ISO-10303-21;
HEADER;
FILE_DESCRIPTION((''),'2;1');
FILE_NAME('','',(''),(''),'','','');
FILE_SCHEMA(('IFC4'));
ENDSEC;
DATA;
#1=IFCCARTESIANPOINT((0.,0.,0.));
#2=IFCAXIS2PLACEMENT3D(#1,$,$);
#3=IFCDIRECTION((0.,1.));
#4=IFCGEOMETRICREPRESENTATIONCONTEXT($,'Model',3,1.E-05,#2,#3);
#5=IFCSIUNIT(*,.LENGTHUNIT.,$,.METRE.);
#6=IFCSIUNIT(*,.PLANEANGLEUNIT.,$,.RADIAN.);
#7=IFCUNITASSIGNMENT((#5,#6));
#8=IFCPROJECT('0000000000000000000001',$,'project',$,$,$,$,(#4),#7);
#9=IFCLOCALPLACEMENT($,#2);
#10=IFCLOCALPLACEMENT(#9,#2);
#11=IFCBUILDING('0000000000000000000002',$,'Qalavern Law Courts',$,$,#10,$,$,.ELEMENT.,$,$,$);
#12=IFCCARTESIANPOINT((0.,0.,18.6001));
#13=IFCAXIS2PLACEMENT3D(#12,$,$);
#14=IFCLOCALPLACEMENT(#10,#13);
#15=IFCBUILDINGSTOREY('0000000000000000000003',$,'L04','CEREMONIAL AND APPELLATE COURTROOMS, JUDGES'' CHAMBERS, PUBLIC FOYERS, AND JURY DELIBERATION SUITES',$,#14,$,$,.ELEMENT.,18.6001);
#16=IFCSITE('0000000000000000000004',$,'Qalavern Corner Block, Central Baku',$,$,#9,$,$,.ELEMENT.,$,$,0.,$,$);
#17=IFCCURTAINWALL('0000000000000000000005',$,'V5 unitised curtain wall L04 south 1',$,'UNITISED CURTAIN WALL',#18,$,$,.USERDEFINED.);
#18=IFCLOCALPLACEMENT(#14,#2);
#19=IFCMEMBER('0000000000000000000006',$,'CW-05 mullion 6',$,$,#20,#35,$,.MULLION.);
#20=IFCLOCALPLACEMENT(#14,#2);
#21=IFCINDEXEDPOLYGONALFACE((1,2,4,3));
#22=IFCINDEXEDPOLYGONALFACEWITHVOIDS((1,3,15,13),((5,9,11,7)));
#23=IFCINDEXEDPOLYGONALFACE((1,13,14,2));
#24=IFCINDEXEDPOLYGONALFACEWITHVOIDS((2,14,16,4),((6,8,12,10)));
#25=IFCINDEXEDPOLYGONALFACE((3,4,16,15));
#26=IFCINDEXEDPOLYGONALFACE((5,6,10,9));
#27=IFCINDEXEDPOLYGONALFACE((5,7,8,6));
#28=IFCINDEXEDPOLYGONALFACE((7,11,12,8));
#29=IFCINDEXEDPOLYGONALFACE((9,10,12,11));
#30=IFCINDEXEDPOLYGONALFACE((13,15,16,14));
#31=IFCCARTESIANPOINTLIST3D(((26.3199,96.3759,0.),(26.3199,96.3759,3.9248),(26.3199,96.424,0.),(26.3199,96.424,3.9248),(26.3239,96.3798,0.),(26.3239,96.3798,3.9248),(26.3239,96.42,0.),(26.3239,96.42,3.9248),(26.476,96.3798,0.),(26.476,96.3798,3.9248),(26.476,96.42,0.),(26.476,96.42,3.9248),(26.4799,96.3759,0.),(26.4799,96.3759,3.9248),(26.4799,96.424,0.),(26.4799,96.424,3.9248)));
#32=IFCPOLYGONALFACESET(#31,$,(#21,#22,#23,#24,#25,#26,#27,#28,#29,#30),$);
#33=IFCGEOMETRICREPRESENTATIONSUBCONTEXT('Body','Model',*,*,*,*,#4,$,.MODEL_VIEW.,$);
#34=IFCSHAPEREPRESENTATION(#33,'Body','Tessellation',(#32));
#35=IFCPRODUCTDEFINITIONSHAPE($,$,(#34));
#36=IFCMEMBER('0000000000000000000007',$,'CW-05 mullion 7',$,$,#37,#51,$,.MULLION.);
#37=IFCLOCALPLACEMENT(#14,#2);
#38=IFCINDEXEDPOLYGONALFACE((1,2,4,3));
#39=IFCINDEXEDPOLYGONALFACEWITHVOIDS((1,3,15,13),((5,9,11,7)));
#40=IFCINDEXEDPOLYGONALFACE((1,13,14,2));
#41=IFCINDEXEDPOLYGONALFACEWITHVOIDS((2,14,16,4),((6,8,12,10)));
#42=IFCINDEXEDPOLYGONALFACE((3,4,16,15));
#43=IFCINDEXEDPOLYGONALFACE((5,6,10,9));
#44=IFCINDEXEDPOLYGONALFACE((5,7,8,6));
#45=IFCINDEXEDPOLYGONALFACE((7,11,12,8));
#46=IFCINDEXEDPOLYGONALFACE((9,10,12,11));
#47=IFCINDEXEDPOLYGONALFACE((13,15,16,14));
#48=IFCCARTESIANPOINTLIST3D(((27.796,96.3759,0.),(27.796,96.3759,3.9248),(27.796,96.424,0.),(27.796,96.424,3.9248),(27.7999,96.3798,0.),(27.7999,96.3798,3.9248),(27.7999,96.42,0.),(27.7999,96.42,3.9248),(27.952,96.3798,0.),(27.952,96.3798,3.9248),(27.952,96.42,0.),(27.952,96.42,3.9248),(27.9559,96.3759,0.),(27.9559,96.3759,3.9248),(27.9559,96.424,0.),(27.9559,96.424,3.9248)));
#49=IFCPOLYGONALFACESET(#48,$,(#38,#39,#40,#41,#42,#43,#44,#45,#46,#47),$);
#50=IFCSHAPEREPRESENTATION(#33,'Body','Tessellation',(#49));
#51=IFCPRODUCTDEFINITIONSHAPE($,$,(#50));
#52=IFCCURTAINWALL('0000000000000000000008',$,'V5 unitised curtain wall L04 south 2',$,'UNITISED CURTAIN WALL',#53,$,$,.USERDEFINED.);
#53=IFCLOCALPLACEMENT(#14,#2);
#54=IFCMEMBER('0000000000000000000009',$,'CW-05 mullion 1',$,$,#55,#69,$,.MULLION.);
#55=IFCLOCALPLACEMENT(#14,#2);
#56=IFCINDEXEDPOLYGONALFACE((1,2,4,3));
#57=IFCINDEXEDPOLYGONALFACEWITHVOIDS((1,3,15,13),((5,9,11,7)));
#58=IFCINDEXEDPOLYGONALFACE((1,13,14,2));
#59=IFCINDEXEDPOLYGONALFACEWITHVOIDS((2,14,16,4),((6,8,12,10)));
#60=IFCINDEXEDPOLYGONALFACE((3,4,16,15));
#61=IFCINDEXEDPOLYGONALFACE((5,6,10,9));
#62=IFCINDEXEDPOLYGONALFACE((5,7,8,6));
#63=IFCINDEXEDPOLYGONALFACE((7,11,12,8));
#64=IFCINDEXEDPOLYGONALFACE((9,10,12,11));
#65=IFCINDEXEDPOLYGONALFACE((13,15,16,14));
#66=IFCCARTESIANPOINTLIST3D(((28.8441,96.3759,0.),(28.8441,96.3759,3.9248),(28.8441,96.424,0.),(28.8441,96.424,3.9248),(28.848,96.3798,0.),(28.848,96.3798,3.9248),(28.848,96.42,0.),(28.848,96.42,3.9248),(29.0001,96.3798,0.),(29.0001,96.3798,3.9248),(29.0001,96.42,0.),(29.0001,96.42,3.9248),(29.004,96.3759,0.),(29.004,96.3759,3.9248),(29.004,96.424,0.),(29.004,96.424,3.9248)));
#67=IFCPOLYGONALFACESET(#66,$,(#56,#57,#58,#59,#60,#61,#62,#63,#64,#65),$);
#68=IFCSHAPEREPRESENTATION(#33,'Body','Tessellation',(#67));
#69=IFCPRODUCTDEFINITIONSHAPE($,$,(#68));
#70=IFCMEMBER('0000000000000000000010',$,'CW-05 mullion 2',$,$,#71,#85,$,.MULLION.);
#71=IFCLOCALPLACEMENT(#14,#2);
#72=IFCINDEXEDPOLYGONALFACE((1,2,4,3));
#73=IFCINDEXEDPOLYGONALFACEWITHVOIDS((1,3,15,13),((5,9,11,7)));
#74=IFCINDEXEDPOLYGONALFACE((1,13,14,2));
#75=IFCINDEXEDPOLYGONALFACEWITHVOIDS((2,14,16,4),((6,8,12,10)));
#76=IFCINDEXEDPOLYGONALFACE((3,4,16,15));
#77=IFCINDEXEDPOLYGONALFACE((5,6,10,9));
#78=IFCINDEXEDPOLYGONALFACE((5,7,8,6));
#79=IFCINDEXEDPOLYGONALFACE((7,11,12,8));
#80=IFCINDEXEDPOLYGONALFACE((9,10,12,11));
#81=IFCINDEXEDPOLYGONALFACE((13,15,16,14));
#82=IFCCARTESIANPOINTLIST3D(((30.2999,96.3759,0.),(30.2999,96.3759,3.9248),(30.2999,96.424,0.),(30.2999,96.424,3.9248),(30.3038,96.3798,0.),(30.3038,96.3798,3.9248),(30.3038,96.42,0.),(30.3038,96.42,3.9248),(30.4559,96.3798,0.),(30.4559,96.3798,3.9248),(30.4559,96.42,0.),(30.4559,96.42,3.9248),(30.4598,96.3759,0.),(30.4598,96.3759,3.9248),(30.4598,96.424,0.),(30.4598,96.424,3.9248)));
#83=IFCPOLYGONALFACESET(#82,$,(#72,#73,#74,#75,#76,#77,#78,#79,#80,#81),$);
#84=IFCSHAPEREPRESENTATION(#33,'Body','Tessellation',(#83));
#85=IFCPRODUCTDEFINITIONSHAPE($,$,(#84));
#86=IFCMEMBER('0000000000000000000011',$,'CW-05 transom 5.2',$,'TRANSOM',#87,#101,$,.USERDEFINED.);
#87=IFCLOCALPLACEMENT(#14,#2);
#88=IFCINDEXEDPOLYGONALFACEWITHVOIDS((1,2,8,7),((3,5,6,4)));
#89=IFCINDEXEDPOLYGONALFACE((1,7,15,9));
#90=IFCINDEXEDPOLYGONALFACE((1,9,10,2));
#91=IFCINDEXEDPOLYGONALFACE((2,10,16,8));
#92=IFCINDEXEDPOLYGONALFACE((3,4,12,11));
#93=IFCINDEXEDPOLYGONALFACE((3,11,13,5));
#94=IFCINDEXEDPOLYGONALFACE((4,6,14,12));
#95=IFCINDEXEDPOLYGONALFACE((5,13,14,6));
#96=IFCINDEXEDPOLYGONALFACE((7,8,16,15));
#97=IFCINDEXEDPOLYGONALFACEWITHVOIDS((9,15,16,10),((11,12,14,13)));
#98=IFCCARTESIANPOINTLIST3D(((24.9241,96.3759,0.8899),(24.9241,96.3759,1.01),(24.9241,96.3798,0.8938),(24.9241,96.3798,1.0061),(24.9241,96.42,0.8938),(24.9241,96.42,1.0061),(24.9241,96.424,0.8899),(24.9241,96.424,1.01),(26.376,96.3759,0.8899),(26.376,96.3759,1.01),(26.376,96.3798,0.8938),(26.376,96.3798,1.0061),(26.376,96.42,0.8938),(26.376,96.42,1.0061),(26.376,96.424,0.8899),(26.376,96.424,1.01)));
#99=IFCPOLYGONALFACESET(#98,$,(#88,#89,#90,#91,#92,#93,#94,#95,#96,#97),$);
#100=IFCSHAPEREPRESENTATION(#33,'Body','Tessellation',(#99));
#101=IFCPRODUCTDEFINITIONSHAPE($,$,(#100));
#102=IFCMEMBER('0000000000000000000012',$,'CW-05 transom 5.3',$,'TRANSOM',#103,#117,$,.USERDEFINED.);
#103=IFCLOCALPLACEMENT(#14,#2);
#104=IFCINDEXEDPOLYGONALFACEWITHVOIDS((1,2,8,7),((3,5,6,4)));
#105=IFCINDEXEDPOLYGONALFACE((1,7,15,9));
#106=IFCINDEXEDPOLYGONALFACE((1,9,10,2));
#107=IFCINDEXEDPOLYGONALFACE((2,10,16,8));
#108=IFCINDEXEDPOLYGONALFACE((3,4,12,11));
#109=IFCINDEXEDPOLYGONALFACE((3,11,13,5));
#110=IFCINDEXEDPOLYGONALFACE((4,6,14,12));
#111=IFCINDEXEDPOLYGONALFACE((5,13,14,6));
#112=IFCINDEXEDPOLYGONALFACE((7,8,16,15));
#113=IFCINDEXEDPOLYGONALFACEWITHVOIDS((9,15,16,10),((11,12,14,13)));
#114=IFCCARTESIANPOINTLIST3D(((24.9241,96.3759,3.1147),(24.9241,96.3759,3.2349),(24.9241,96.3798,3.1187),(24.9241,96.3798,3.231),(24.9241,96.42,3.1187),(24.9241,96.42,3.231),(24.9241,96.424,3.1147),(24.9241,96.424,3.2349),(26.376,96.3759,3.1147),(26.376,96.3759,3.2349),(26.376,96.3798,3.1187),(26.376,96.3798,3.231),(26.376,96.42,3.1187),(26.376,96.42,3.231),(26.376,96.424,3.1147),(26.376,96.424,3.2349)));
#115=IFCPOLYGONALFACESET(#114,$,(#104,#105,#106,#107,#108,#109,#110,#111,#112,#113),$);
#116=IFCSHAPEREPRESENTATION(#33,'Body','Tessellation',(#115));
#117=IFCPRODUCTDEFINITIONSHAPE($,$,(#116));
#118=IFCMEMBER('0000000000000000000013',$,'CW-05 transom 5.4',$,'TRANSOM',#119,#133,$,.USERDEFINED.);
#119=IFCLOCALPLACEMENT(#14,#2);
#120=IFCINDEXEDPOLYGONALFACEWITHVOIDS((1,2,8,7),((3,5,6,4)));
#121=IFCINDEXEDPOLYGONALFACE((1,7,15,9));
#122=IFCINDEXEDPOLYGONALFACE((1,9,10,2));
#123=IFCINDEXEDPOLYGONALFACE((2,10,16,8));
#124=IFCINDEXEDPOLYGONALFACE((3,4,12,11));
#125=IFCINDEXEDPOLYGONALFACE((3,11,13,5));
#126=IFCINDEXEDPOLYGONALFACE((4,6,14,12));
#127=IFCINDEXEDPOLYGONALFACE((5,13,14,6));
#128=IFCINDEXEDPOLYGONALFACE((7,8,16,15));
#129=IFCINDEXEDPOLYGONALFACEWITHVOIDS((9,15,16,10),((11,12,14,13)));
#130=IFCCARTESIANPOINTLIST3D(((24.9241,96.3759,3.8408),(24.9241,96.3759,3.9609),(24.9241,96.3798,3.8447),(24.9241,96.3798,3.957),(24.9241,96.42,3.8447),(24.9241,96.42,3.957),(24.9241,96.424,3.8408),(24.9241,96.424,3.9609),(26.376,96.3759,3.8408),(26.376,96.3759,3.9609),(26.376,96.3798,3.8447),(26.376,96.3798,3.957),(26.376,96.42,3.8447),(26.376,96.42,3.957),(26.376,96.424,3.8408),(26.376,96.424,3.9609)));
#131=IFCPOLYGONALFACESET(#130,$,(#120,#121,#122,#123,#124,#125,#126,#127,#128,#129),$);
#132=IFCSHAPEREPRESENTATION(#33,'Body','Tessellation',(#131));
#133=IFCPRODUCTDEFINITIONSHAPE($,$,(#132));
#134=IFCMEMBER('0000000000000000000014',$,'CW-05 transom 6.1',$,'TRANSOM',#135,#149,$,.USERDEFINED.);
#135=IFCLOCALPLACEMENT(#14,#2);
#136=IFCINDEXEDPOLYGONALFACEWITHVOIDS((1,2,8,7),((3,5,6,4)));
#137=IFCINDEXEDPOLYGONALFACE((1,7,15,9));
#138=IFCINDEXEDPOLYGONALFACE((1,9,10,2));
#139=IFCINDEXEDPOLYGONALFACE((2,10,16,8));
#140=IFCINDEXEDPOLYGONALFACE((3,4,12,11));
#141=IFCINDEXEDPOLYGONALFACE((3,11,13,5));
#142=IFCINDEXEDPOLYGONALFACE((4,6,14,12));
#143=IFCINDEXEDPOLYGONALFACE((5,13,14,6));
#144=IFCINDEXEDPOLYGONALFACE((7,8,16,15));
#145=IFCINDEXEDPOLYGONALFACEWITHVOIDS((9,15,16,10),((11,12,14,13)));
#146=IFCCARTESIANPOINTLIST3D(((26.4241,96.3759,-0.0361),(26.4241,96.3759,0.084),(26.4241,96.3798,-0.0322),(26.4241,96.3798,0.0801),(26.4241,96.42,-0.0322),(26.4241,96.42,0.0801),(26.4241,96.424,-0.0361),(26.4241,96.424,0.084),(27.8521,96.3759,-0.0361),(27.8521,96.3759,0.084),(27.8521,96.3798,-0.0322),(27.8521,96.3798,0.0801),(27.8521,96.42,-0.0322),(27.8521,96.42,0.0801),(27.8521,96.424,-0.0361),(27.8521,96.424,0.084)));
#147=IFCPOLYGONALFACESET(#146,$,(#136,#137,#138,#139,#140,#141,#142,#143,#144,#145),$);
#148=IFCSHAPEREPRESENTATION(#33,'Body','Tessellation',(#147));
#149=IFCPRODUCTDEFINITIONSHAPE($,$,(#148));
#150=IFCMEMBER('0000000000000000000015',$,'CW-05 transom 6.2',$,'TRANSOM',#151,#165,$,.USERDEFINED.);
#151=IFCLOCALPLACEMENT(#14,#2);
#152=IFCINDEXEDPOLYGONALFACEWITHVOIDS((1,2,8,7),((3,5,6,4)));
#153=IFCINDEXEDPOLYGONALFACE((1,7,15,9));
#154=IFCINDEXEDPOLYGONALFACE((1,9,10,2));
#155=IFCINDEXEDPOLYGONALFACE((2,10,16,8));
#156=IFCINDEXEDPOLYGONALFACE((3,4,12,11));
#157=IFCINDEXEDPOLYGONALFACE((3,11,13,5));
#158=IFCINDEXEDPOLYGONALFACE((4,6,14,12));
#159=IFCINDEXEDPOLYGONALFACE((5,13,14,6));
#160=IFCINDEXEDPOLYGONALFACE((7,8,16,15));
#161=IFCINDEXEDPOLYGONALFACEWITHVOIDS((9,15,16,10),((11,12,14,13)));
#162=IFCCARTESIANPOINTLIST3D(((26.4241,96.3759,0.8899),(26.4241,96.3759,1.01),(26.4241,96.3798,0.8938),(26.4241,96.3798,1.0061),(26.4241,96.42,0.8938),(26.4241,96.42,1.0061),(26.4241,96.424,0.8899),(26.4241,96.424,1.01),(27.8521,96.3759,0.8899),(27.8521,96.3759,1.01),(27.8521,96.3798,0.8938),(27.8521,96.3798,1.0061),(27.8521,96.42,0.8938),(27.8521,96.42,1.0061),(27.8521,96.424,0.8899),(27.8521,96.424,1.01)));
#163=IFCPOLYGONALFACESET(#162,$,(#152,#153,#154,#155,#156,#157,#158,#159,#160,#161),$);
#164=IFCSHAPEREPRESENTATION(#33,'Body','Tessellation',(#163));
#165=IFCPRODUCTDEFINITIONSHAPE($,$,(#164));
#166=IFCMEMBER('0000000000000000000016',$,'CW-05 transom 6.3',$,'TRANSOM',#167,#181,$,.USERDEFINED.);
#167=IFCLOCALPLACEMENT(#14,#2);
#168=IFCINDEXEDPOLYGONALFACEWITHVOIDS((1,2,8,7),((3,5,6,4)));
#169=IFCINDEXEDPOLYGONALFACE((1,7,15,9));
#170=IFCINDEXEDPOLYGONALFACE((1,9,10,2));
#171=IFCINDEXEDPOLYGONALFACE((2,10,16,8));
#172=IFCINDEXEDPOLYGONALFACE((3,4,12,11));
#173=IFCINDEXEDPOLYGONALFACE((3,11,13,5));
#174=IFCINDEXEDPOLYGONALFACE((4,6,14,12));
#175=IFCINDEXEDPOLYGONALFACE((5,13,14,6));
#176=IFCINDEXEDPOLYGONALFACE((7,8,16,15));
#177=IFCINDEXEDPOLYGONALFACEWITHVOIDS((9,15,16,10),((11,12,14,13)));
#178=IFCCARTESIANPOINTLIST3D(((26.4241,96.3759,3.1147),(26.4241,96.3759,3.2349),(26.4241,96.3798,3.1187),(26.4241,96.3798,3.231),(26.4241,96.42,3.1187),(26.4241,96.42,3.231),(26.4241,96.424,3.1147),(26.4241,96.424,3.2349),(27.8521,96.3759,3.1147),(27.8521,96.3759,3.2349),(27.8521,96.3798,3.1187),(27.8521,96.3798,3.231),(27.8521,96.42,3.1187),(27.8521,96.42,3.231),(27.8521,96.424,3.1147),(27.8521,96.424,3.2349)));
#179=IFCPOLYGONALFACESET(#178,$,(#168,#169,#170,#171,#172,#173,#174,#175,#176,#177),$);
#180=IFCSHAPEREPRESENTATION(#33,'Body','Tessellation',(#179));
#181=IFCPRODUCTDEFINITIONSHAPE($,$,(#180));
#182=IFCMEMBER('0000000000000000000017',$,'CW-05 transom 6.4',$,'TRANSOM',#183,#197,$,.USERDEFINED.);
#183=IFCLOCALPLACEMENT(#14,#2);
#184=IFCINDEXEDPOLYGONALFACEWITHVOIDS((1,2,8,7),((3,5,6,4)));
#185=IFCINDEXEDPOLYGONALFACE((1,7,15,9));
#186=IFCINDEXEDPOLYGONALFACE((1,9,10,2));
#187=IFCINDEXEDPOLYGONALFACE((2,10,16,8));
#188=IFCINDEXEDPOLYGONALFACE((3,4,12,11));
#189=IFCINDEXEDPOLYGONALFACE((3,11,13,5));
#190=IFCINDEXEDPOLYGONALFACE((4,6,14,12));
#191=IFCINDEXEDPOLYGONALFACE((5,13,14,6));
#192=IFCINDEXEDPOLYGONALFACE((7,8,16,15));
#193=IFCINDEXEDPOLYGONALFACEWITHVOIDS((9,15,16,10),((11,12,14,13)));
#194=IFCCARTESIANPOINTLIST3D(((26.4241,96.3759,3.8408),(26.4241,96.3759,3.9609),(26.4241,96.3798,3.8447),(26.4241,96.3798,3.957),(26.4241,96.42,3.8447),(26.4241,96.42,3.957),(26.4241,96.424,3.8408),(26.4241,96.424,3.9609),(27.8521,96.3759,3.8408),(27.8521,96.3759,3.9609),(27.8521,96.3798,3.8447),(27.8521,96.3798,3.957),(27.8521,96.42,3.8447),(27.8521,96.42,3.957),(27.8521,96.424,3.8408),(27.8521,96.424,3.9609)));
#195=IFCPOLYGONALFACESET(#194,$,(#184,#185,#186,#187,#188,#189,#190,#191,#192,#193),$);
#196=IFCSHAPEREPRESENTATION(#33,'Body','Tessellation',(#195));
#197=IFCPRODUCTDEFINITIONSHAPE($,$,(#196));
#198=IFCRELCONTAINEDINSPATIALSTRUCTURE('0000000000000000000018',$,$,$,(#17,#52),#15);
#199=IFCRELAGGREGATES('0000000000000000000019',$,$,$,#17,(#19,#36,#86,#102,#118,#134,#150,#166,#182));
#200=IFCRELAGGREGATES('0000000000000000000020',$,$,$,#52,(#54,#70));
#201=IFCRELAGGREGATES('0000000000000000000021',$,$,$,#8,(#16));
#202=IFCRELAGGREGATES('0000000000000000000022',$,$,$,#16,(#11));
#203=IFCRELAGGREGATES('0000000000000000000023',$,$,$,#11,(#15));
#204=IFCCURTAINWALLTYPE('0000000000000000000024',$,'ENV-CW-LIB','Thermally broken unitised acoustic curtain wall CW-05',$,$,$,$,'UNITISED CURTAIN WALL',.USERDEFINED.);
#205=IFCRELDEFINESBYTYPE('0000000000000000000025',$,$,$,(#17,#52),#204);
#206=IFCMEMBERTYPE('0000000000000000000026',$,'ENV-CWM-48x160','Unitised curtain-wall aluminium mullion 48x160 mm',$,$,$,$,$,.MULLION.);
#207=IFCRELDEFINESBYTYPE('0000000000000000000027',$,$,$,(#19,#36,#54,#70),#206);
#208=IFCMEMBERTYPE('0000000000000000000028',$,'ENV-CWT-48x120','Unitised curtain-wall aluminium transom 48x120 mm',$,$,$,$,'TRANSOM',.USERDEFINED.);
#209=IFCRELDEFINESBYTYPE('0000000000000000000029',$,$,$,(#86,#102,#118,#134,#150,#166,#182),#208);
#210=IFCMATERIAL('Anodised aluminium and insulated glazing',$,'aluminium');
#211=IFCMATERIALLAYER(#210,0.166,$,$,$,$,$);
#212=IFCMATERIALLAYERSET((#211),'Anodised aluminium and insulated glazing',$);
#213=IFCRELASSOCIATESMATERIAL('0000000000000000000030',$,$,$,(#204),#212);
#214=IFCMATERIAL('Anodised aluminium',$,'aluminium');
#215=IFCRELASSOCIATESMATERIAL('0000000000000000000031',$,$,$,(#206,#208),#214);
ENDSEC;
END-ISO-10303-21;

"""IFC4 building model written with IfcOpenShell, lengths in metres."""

from ifc_helpers import new_model, si_unit, direction, frame, origin, origin_2d, place, context, subcontext, project, spatial, hollow_rectangle, extrude, material, layer, layer_set, material_profile, profile_set, type_object, element, aggregate, save


model = new_model("IFC4")

# Units and contexts
model_context = context("Model", 3, precision=1e-05, world=origin(), true_north=direction((0.0, 1.0)))
body_context = subcontext(model_context, "Body", "Model", "MODEL_VIEW")
ifc_project = project(units=[si_unit("LENGTHUNIT", "METRE"), si_unit("PLANEANGLEUNIT", "RADIAN")], contexts=[model_context])

# Site, building, storey
site_placement = place(None, origin())
site = spatial("IfcSite", under=ifc_project, at=site_placement, Name="Qalavern Corner Block, Central Baku", CompositionType="ELEMENT", RefElevation=0.0)
building_placement = place(site_placement, origin())
building = spatial("IfcBuilding", under=site, at=building_placement, Name="Qalavern Law Courts", CompositionType="ELEMENT")
storey_placement = place(building_placement, frame((0.0, 0.0, 18.6001)))
storey = spatial("IfcBuildingStorey", under=building, at=storey_placement, Name="L04", Description="CEREMONIAL AND APPELLATE COURTROOMS, JUDGES' CHAMBERS, PUBLIC FOYERS, AND JURY DELIBERATION SUITES", CompositionType="ELEMENT", Elevation=18.6001)

# Curtain walls, members
ifc_material_1 = material(Name="Anodised aluminium and insulated glazing", Category="aluminium")
ifc_layer_1 = layer(ifc_material_1, 0.166)
ifc_layer_set_1 = layer_set([ifc_layer_1], Name="Anodised aluminium and insulated glazing")
curtain_wall_type = type_object("IfcCurtainWallType", Name="ENV-CW-LIB", Description="Thermally broken unitised acoustic curtain wall CW-05", ElementType="UNITISED CURTAIN WALL", PredefinedType="USERDEFINED", material=ifc_layer_set_1)
curtain_wall_1_placement = place(storey_placement, origin())
curtain_wall_1 = element("IfcCurtainWall", 1, at=curtain_wall_1_placement, inside=storey, type_object=curtain_wall_type, Name="V5 unitised curtain wall L04 south 1", ObjectType="UNITISED CURTAIN WALL", PredefinedType="USERDEFINED")
ifc_material_2 = material(Name="Anodised aluminium", Category="aluminium")
ifc_material_profile_1 = material_profile(ifc_material_2, hollow_rectangle(XDim=0.0481, YDim=0.1599, WallThickness=0.0039, at=origin_2d()), Name="ALU MULLION 48x160")
ifc_profile_set_1 = profile_set([ifc_material_profile_1], Name="Anodised aluminium")
member_type_1 = type_object("IfcMemberType", Name="ENV-CWM-48x160", Description="Unitised curtain-wall aluminium mullion 48x160 mm", PredefinedType="MULLION", material=ifc_profile_set_1)
member_1_placement = place(storey_placement, frame((26.3999, 96.3999, 0.0), z_axis=(0.0, 0.0, 1.0), x_axis=(0.0, 1.0, 0.0)))
member_1 = element("IfcMember", 2, at=member_1_placement, type_object=member_type_1, Name="CW-05 mullion 6", PredefinedType="MULLION", context=body_context, shape_type="SweptSolid", body=[
    extrude(hollow_rectangle(XDim=0.0481, YDim=0.1599, WallThickness=0.0039, at=origin_2d()), origin(), (0.0, 0.0, 1.0), 3.9248),
])
member_2_placement = place(storey_placement, frame((27.876, 96.3999, 0.0), z_axis=(0.0, 0.0, 1.0), x_axis=(0.0, 1.0, 0.0)))
member_2 = element("IfcMember", 3, at=member_2_placement, type_object=member_type_1, Name="CW-05 mullion 7", PredefinedType="MULLION", context=body_context, shape_type="SweptSolid", body=[
    extrude(hollow_rectangle(XDim=0.0481, YDim=0.1599, WallThickness=0.0039, at=origin_2d()), origin(), (0.0, 0.0, 1.0), 3.9248),
])
curtain_wall_2_placement = place(storey_placement, origin())
curtain_wall_2 = element("IfcCurtainWall", 4, at=curtain_wall_2_placement, inside=storey, type_object=curtain_wall_type, Name="V5 unitised curtain wall L04 south 2", ObjectType="UNITISED CURTAIN WALL", PredefinedType="USERDEFINED")
member_3_placement = place(storey_placement, frame((28.9241, 96.3999, 0.0), z_axis=(0.0, 0.0, 1.0), x_axis=(0.0, 1.0, 0.0)))
member_3 = element("IfcMember", 5, at=member_3_placement, type_object=member_type_1, Name="CW-05 mullion 1", PredefinedType="MULLION", context=body_context, shape_type="SweptSolid", body=[
    extrude(hollow_rectangle(XDim=0.0481, YDim=0.1599, WallThickness=0.0039, at=origin_2d()), origin(), (0.0, 0.0, 1.0), 3.9248),
])
member_4_placement = place(storey_placement, frame((30.3799, 96.3999, 0.0), z_axis=(0.0, 0.0, 1.0), x_axis=(0.0, 1.0, 0.0)))
member_4 = element("IfcMember", 6, at=member_4_placement, type_object=member_type_1, Name="CW-05 mullion 2", PredefinedType="MULLION", context=body_context, shape_type="SweptSolid", body=[
    extrude(hollow_rectangle(XDim=0.0481, YDim=0.1599, WallThickness=0.0039, at=origin_2d()), origin(), (0.0, 0.0, 1.0), 3.9248),
])

# Members
ifc_material_profile_2 = material_profile(ifc_material_2, hollow_rectangle(XDim=0.0481, YDim=0.1201, WallThickness=0.0039, at=origin_2d()), Name="ALU TRANSOM 48x120")
ifc_profile_set_2 = profile_set([ifc_material_profile_2], Name="Anodised aluminium")
member_type_2 = type_object("IfcMemberType", Name="ENV-CWT-48x120", Description="Unitised curtain-wall aluminium transom 48x120 mm", ElementType="TRANSOM", PredefinedType="USERDEFINED", material=ifc_profile_set_2)
member_5_placement = place(storey_placement, frame((24.9241, 96.3999, 0.95), z_axis=(1.0, 0.0, 0.0), x_axis=(0.0, 1.0, 0.0)))
member_5 = element("IfcMember", 7, at=member_5_placement, type_object=member_type_2, Name="CW-05 transom 5.2", ObjectType="TRANSOM", PredefinedType="USERDEFINED", context=body_context, shape_type="SweptSolid", body=[
    extrude(hollow_rectangle(XDim=0.0481, YDim=0.1201, WallThickness=0.0039, at=origin_2d()), origin(), (0.0, 0.0, 1.0), 1.4519),
])
member_6_placement = place(storey_placement, frame((24.9241, 96.3999, 3.1748), z_axis=(1.0, 0.0, 0.0), x_axis=(0.0, 1.0, 0.0)))
member_6 = element("IfcMember", 8, at=member_6_placement, type_object=member_type_2, Name="CW-05 transom 5.3", ObjectType="TRANSOM", PredefinedType="USERDEFINED", context=body_context, shape_type="SweptSolid", body=[
    extrude(hollow_rectangle(XDim=0.0481, YDim=0.1201, WallThickness=0.0039, at=origin_2d()), origin(), (0.0, 0.0, 1.0), 1.4519),
])
member_7_placement = place(storey_placement, frame((24.9241, 96.3999, 3.9009), z_axis=(1.0, 0.0, 0.0), x_axis=(0.0, 1.0, 0.0)))
member_7 = element("IfcMember", 9, at=member_7_placement, type_object=member_type_2, Name="CW-05 transom 5.4", ObjectType="TRANSOM", PredefinedType="USERDEFINED", context=body_context, shape_type="SweptSolid", body=[
    extrude(hollow_rectangle(XDim=0.0481, YDim=0.1201, WallThickness=0.0039, at=origin_2d()), origin(), (0.0, 0.0, 1.0), 1.4519),
])
member_8_placement = place(storey_placement, frame((26.4241, 96.3999, 0.0239), z_axis=(1.0, 0.0, 0.0), x_axis=(0.0, 1.0, 0.0)))
member_8 = element("IfcMember", 10, at=member_8_placement, type_object=member_type_2, Name="CW-05 transom 6.1", ObjectType="TRANSOM", PredefinedType="USERDEFINED", context=body_context, shape_type="SweptSolid", body=[
    extrude(hollow_rectangle(XDim=0.0481, YDim=0.1201, WallThickness=0.0039, at=origin_2d()), origin(), (0.0, 0.0, 1.0), 1.428),
])
member_9_placement = place(storey_placement, frame((26.4241, 96.3999, 0.95), z_axis=(1.0, 0.0, 0.0), x_axis=(0.0, 1.0, 0.0)))
member_9 = element("IfcMember", 11, at=member_9_placement, type_object=member_type_2, Name="CW-05 transom 6.2", ObjectType="TRANSOM", PredefinedType="USERDEFINED", context=body_context, shape_type="SweptSolid", body=[
    extrude(hollow_rectangle(XDim=0.0481, YDim=0.1201, WallThickness=0.0039, at=origin_2d()), origin(), (0.0, 0.0, 1.0), 1.428),
])
member_10_placement = place(storey_placement, frame((26.4241, 96.3999, 3.1748), z_axis=(1.0, 0.0, 0.0), x_axis=(0.0, 1.0, 0.0)))
member_10 = element("IfcMember", 12, at=member_10_placement, type_object=member_type_2, Name="CW-05 transom 6.3", ObjectType="TRANSOM", PredefinedType="USERDEFINED", context=body_context, shape_type="SweptSolid", body=[
    extrude(hollow_rectangle(XDim=0.0481, YDim=0.1201, WallThickness=0.0039, at=origin_2d()), origin(), (0.0, 0.0, 1.0), 1.428),
])
member_11_placement = place(storey_placement, frame((26.4241, 96.3999, 3.9009), z_axis=(1.0, 0.0, 0.0), x_axis=(0.0, 1.0, 0.0)))
member_11 = element("IfcMember", 13, at=member_11_placement, type_object=member_type_2, Name="CW-05 transom 6.4", ObjectType="TRANSOM", PredefinedType="USERDEFINED", context=body_context, shape_type="SweptSolid", body=[
    extrude(hollow_rectangle(XDim=0.0481, YDim=0.1201, WallThickness=0.0039, at=origin_2d()), origin(), (0.0, 0.0, 1.0), 1.428),
])

aggregate(curtain_wall_1, [member_1, member_2, member_5, member_6, member_7, member_8, member_9, member_10, member_11])
aggregate(curtain_wall_2, [member_3, member_4])

save(model, "model.ifc")
